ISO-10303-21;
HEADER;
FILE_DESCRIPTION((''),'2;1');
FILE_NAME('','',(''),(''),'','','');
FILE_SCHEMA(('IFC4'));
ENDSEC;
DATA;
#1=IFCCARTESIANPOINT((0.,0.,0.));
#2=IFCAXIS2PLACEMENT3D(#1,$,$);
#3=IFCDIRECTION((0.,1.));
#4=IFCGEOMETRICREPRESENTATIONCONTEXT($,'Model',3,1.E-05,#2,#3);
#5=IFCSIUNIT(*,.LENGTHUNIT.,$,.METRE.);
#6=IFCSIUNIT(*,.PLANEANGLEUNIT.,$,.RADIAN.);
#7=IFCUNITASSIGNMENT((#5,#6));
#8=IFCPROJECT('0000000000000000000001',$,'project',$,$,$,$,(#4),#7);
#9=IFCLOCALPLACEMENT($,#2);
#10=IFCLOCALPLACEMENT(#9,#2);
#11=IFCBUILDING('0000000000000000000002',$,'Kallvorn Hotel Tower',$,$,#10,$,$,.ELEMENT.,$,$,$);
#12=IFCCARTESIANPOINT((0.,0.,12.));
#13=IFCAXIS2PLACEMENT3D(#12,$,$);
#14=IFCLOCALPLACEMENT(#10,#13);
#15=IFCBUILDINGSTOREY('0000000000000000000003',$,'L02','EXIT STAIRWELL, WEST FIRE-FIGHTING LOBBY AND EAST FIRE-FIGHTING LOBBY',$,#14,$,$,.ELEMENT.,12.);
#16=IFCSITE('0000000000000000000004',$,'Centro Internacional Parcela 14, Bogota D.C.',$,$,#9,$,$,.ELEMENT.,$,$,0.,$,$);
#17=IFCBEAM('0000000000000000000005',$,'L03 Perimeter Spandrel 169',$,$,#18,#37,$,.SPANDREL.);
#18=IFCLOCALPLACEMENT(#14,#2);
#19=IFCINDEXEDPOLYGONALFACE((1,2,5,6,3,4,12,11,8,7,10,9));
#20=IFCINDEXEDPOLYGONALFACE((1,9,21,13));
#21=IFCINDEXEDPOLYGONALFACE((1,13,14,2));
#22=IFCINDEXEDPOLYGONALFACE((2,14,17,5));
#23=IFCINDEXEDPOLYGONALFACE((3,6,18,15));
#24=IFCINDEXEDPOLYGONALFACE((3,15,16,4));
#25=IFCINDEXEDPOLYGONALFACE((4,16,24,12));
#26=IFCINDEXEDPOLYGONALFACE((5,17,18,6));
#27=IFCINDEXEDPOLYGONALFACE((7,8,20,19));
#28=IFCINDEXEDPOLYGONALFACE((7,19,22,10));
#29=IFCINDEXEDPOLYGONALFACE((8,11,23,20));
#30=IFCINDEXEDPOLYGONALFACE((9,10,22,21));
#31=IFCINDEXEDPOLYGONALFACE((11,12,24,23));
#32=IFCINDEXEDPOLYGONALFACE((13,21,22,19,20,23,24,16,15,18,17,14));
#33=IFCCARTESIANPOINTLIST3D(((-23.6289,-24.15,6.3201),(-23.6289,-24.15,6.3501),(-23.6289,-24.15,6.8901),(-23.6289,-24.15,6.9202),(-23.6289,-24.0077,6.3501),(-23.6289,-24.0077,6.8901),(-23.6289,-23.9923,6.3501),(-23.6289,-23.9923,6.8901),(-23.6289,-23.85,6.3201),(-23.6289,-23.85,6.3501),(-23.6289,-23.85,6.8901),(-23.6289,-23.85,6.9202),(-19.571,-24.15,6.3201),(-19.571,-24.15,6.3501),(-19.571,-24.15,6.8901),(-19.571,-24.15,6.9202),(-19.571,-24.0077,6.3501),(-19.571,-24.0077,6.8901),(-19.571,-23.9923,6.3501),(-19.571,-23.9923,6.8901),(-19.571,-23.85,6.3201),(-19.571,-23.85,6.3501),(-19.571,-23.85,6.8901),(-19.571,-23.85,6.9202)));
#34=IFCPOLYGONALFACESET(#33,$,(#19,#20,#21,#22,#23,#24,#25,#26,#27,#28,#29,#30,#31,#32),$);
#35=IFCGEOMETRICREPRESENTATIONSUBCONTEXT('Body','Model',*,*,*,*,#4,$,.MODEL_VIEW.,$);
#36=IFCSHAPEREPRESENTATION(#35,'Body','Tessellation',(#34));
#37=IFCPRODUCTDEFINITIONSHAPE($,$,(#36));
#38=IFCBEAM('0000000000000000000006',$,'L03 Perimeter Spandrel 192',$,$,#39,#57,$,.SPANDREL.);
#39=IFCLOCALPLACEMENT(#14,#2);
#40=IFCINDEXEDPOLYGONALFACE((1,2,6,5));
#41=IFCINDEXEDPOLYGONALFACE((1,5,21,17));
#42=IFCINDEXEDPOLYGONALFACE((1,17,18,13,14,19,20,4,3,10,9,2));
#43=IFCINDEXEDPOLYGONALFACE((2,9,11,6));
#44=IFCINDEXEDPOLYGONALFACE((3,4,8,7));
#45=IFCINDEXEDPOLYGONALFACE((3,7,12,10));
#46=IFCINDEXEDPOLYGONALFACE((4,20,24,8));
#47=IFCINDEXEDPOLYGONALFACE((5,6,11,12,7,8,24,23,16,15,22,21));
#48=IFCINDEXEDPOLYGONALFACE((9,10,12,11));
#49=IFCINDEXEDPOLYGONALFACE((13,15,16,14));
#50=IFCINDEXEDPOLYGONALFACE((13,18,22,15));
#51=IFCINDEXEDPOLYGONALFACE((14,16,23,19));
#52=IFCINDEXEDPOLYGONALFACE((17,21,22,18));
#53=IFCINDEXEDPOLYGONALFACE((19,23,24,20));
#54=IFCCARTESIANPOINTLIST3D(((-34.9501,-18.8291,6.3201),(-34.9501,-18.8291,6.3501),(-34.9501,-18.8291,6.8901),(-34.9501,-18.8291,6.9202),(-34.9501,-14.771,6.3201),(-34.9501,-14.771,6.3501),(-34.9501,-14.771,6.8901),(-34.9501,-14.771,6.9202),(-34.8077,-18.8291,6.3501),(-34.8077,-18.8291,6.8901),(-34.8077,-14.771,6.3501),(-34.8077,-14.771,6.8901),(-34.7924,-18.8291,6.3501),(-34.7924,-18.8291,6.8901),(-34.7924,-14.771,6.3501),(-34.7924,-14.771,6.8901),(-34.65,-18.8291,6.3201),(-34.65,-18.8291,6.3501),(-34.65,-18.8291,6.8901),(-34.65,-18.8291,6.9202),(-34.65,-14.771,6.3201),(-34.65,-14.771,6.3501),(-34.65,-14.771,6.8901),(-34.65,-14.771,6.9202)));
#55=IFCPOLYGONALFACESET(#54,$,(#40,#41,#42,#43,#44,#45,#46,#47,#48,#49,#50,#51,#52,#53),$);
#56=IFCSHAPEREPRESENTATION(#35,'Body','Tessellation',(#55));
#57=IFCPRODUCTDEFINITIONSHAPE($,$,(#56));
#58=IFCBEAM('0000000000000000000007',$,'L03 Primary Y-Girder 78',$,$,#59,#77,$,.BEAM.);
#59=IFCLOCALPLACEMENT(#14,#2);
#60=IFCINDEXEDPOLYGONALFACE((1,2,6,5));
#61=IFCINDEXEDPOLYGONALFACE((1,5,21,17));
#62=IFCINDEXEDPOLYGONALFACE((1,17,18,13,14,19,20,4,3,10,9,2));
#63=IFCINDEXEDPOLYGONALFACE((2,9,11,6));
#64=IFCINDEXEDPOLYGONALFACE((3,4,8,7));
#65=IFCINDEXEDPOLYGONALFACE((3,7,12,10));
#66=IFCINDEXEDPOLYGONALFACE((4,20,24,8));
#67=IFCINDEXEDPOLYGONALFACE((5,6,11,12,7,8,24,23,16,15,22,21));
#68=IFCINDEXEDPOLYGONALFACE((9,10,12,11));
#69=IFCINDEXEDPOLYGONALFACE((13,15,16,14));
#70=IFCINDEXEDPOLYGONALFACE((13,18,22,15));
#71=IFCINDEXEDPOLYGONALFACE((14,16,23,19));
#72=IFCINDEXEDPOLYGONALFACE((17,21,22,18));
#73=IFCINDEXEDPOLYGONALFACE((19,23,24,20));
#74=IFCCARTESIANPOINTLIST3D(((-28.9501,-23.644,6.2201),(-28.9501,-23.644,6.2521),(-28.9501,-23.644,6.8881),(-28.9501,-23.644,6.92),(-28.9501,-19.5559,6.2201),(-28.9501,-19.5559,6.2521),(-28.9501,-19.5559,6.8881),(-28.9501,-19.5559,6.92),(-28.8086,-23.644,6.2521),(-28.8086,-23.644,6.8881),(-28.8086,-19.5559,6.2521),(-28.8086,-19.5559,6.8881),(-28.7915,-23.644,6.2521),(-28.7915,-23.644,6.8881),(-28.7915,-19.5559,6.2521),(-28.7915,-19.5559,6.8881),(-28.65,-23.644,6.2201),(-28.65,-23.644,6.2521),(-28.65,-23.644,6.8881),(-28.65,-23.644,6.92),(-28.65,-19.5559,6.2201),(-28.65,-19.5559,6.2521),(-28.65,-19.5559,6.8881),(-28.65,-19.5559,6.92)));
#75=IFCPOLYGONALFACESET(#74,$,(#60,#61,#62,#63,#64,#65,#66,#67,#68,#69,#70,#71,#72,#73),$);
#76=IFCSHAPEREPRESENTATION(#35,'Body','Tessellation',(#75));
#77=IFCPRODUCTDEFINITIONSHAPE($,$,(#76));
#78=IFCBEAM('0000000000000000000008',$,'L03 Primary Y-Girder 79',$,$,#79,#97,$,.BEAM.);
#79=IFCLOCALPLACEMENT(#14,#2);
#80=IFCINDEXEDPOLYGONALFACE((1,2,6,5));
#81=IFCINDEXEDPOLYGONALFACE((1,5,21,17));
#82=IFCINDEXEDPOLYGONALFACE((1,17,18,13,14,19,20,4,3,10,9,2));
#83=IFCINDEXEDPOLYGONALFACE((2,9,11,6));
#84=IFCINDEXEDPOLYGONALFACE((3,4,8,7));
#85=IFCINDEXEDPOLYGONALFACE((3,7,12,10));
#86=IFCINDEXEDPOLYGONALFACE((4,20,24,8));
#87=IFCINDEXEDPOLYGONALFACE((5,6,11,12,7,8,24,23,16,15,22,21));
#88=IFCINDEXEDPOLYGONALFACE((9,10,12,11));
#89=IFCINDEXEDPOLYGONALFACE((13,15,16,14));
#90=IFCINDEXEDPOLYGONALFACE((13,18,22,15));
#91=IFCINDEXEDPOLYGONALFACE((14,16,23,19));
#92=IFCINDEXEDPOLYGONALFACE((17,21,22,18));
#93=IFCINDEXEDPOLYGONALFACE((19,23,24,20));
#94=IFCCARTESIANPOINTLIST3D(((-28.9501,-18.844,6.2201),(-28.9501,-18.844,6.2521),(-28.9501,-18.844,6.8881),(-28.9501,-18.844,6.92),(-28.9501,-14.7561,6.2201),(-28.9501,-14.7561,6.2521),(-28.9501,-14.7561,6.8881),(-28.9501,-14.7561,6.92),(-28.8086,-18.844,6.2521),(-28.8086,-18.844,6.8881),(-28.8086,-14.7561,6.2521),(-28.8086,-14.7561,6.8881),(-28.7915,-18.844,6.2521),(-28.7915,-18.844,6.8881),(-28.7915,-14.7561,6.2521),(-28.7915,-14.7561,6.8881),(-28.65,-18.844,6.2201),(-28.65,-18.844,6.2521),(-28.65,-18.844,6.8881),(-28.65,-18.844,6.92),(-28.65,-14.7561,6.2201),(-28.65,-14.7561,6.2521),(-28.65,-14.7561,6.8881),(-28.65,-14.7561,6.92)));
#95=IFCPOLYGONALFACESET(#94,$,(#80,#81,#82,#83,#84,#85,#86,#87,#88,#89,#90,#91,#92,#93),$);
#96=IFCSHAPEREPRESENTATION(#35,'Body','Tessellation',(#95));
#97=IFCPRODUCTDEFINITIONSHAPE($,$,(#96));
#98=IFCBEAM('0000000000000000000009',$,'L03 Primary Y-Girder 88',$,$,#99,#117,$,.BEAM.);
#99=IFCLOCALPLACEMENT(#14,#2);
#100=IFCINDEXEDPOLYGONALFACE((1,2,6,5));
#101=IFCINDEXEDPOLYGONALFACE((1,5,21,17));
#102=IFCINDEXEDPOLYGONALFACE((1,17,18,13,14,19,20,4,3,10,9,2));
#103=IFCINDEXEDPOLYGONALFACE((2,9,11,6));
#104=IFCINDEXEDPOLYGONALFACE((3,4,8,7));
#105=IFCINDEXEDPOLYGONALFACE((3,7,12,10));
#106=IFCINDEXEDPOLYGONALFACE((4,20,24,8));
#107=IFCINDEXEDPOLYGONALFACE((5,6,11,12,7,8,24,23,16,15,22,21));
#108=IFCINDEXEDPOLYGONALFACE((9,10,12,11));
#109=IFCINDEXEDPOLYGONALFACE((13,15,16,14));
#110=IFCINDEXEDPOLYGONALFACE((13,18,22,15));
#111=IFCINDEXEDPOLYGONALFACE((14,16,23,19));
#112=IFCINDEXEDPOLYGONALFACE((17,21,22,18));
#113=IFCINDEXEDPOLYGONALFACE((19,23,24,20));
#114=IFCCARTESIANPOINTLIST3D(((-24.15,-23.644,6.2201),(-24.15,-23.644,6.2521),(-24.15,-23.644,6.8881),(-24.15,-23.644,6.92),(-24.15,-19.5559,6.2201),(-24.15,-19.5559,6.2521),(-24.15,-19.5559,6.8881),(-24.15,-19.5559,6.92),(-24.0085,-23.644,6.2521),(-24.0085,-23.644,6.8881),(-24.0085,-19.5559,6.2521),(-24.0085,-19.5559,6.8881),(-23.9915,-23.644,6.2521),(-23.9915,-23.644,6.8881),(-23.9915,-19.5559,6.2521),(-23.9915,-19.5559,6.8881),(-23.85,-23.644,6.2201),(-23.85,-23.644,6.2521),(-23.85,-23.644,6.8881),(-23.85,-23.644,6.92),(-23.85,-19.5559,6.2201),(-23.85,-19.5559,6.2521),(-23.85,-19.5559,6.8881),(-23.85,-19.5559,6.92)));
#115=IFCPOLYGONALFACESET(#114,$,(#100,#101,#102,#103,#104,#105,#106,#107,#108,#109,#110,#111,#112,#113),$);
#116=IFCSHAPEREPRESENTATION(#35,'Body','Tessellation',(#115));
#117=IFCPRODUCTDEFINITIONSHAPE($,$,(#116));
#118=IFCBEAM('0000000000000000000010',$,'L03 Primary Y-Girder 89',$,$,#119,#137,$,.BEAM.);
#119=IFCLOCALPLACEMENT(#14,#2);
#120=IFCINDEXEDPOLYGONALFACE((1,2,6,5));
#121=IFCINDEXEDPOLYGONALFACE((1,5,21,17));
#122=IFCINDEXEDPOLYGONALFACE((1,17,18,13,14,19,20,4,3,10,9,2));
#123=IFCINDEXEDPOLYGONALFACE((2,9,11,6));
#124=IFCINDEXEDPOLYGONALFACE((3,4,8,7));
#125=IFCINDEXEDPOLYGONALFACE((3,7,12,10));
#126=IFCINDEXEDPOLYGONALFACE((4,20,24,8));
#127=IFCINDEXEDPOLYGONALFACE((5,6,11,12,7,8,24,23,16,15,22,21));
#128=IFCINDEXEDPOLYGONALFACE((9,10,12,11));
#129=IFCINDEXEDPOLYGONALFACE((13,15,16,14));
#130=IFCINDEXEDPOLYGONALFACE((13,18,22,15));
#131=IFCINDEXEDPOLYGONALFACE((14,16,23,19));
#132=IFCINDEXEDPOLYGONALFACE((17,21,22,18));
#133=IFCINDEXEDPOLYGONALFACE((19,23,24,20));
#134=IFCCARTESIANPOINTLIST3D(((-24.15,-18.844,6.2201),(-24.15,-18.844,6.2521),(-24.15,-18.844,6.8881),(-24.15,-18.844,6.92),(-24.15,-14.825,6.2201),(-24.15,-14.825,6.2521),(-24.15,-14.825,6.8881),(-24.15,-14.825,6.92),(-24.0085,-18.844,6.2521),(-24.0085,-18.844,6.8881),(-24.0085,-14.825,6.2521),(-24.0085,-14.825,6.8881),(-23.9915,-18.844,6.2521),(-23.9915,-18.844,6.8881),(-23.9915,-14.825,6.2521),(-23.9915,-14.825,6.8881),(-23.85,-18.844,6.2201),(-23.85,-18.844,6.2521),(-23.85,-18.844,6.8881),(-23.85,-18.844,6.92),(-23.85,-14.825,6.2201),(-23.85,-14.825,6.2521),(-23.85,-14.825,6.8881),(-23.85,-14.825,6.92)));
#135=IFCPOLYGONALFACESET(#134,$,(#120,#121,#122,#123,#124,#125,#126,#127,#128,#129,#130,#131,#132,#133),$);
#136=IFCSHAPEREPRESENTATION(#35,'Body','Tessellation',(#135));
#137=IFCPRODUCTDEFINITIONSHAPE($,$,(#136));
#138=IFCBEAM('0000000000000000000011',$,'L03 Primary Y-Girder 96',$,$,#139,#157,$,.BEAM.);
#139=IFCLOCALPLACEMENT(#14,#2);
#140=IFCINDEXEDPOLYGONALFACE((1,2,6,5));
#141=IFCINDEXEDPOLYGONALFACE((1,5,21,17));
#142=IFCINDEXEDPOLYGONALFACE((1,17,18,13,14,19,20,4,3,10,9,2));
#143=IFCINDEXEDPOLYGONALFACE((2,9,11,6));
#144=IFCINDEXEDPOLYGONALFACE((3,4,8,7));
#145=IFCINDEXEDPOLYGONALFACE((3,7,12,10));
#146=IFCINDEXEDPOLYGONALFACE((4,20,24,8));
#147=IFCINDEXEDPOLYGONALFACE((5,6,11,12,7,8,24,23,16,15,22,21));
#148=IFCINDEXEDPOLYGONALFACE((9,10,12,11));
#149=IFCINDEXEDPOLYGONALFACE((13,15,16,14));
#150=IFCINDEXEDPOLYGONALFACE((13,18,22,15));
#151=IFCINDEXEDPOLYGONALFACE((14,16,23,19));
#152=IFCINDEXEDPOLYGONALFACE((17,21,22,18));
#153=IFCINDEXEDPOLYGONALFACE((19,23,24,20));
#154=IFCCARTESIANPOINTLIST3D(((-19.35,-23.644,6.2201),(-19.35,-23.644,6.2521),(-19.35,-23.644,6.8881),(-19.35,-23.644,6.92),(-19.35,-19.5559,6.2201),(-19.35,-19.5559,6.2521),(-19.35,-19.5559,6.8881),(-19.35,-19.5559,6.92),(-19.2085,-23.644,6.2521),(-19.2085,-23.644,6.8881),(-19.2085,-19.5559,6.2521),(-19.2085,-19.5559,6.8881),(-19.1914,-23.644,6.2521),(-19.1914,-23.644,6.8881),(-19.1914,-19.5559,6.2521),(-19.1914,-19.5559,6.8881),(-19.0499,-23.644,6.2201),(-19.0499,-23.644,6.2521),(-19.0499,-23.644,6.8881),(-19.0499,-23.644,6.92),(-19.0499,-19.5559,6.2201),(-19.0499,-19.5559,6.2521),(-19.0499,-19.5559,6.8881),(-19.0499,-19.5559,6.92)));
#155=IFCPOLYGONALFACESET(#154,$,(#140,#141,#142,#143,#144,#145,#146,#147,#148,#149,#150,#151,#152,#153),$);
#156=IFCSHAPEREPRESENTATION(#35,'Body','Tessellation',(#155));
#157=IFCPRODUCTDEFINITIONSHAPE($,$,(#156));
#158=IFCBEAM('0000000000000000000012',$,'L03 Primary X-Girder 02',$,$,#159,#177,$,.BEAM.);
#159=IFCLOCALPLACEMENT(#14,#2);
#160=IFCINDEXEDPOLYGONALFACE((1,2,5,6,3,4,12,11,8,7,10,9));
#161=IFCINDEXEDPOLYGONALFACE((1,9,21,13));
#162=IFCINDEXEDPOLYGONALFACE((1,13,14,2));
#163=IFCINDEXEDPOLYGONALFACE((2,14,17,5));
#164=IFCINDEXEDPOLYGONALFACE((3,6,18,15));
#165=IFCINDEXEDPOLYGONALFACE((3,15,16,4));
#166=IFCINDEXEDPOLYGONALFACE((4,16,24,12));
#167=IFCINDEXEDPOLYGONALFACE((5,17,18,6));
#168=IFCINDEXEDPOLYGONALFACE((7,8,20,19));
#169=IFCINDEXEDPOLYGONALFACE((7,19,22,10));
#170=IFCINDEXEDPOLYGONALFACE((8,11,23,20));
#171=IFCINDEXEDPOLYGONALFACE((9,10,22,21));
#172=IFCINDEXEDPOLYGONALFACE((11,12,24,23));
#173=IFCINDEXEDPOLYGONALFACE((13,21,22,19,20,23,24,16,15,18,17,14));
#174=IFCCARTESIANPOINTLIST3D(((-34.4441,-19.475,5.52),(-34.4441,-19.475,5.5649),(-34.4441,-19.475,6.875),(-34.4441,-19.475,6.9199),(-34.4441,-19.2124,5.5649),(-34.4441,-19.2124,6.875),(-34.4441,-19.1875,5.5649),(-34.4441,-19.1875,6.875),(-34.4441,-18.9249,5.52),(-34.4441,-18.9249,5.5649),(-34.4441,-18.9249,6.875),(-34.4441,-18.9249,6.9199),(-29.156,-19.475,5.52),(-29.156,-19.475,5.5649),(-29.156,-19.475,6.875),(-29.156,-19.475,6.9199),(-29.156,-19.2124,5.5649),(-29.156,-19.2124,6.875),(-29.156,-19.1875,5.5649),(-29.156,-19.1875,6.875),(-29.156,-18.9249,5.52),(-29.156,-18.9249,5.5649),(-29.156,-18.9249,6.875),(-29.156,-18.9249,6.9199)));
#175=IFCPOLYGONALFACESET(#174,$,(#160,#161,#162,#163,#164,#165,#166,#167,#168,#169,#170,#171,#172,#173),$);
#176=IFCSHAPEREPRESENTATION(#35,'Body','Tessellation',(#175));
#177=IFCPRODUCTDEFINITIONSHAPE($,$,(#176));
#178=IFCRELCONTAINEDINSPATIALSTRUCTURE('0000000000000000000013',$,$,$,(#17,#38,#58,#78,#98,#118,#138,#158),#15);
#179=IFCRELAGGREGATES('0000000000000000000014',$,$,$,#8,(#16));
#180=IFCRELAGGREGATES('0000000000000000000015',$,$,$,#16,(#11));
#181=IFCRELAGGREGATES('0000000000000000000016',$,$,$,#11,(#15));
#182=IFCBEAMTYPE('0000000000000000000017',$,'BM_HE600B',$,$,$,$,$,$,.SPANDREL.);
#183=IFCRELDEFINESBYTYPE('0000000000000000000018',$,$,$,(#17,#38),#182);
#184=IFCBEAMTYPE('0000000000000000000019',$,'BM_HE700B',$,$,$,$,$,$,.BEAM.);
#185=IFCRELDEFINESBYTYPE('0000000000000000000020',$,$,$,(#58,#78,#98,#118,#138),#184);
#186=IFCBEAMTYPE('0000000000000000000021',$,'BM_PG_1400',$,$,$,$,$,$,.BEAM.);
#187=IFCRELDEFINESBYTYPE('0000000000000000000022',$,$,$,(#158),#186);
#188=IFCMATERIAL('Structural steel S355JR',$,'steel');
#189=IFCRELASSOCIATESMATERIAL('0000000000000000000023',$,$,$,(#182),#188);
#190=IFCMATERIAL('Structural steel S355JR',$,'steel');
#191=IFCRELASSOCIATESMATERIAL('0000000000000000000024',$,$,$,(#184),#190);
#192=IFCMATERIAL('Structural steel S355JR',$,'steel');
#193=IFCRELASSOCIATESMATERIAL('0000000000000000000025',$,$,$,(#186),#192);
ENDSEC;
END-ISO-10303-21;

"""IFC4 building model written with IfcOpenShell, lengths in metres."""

from ifc_helpers import new_model, si_unit, direction, frame, origin, origin_2d, place, context, subcontext, project, spatial, i_section, extrude, material, material_profile, profile_set, type_object, element, save


model = new_model("IFC4")

# Units and contexts
model_context = context("Model", 3, precision=1e-05, world=origin(), true_north=direction((0.0, 1.0)))
body_context = subcontext(model_context, "Body", "Model", "MODEL_VIEW")
ifc_project = project(units=[si_unit("LENGTHUNIT", "METRE"), si_unit("PLANEANGLEUNIT", "RADIAN")], contexts=[model_context])

# Site, building, storey
site_placement = place(None, origin())
site = spatial("IfcSite", under=ifc_project, at=site_placement, Name="Centro Internacional Parcela 14, Bogota D.C.", CompositionType="ELEMENT", RefElevation=0.0)
building_placement = place(site_placement, origin())
building = spatial("IfcBuilding", under=site, at=building_placement, Name="Kallvorn Hotel Tower", CompositionType="ELEMENT")
storey_placement = place(building_placement, frame((0.0, 0.0, 12.0)))
storey = spatial("IfcBuildingStorey", under=building, at=storey_placement, Name="L02", Description="EXIT STAIRWELL, WEST FIRE-FIGHTING LOBBY AND EAST FIRE-FIGHTING LOBBY", CompositionType="ELEMENT", Elevation=12.0)

# Beams
ifc_material_1 = material(Name="Structural steel S355JR", Category="steel")
ifc_material_profile_1 = material_profile(ifc_material_1, i_section(OverallWidth=0.3, OverallDepth=0.6001, WebThickness=0.0154, FlangeThickness=0.03, at=origin_2d()), Name="HE 600 B")
ifc_profile_set_1 = profile_set([ifc_material_profile_1], Name="Structural steel S355JR")
beam_type_1 = type_object("IfcBeamType", Name="BM_HE600B", PredefinedType="SPANDREL", material=ifc_profile_set_1)
for number, where, z_axis, x_axis, name in (
    (1, (-23.6289, -24.0, 6.6201), (1.0, 0.0, 0.0), (0.0, 1.0, 0.0), "L03 Perimeter Spandrel 169"),
):
    element("IfcBeam", number, at=place(storey_placement, frame(where, z_axis=z_axis, x_axis=x_axis)), inside=storey, type_object=beam_type_1, Name=name, PredefinedType="SPANDREL", context=body_context, shape_type="SweptSolid", body=[
        extrude(i_section(OverallWidth=0.3, OverallDepth=0.6001, WebThickness=0.0154, FlangeThickness=0.03, at=origin_2d()), origin(), (0.0, 0.0, 1.0), 4.0579),
    ])
beam_1_placement = place(storey_placement, frame((-34.8, -18.8291, 6.6201), z_axis=(0.0, 1.0, 0.0), x_axis=(-1.0, 0.0, 0.0)))
element("IfcBeam", 2, at=beam_1_placement, inside=storey, type_object=beam_type_1, Name="L03 Perimeter Spandrel 192", PredefinedType="SPANDREL", context=body_context, shape_type="SweptSolid", body=[
    extrude(i_section(OverallWidth=0.3, OverallDepth=0.6001, WebThickness=0.0154, FlangeThickness=0.03, at=origin_2d()), origin(), (0.0, 0.0, 1.0), 4.0581),
])
ifc_material_2 = material(Name="Structural steel S355JR", Category="steel")
ifc_material_profile_2 = material_profile(ifc_material_2, i_section(OverallWidth=0.3, OverallDepth=0.7, WebThickness=0.0171, FlangeThickness=0.032, at=origin_2d()), Name="HE 700 B")
ifc_profile_set_2 = profile_set([ifc_material_profile_2], Name="Structural steel S355JR")
beam_type_2 = type_object("IfcBeamType", Name="BM_HE700B", PredefinedType="BEAM", material=ifc_profile_set_2)
beam_2_placement = place(storey_placement, frame((-28.8, -23.644, 6.5701), z_axis=(0.0, 1.0, 0.0), x_axis=(-1.0, 0.0, 0.0)))
element("IfcBeam", 3, at=beam_2_placement, inside=storey, type_object=beam_type_2, Name="L03 Primary Y-Girder 78", PredefinedType="BEAM", context=body_context, shape_type="SweptSolid", body=[
    extrude(i_section(OverallWidth=0.3, OverallDepth=0.7, WebThickness=0.0171, FlangeThickness=0.032, at=origin_2d()), origin(), (0.0, 0.0, 1.0), 4.0881),
])
beam_3_placement = place(storey_placement, frame((-28.8, -18.844, 6.5701), z_axis=(0.0, 1.0, 0.0), x_axis=(-1.0, 0.0, 0.0)))
element("IfcBeam", 4, at=beam_3_placement, inside=storey, type_object=beam_type_2, Name="L03 Primary Y-Girder 79", PredefinedType="BEAM", context=body_context, shape_type="SweptSolid", body=[
    extrude(i_section(OverallWidth=0.3, OverallDepth=0.7, WebThickness=0.0171, FlangeThickness=0.032, at=origin_2d()), origin(), (0.0, 0.0, 1.0), 4.0879),
])
beam_4_placement = place(storey_placement, frame((-24.0, -23.644, 6.5701), z_axis=(0.0, 1.0, 0.0), x_axis=(-1.0, 0.0, 0.0)))
element("IfcBeam", 5, at=beam_4_placement, inside=storey, type_object=beam_type_2, Name="L03 Primary Y-Girder 88", PredefinedType="BEAM", context=body_context, shape_type="SweptSolid", body=[
    extrude(i_section(OverallWidth=0.3, OverallDepth=0.7, WebThickness=0.0171, FlangeThickness=0.032, at=origin_2d()), origin(), (0.0, 0.0, 1.0), 4.0881),
])
beam_5_placement = place(storey_placement, frame((-24.0, -18.844, 6.5701), z_axis=(0.0, 1.0, 0.0), x_axis=(-1.0, 0.0, 0.0)))
element("IfcBeam", 6, at=beam_5_placement, inside=storey, type_object=beam_type_2, Name="L03 Primary Y-Girder 89", PredefinedType="BEAM", context=body_context, shape_type="SweptSolid", body=[
    extrude(i_section(OverallWidth=0.3, OverallDepth=0.7, WebThickness=0.0171, FlangeThickness=0.032, at=origin_2d()), origin(), (0.0, 0.0, 1.0), 4.019),
])
beam_6_placement = place(storey_placement, frame((-19.2, -23.644, 6.5701), z_axis=(0.0, 1.0, 0.0), x_axis=(-1.0, 0.0, 0.0)))
element("IfcBeam", 7, at=beam_6_placement, inside=storey, type_object=beam_type_2, Name="L03 Primary Y-Girder 96", PredefinedType="BEAM", context=body_context, shape_type="SweptSolid", body=[
    extrude(i_section(OverallWidth=0.3, OverallDepth=0.7, WebThickness=0.0171, FlangeThickness=0.032, at=origin_2d()), origin(), (0.0, 0.0, 1.0), 4.0881),
])
ifc_material_3 = material(Name="Structural steel S355JR", Category="steel")
ifc_material_profile_3 = material_profile(ifc_material_3, i_section(OverallWidth=0.55, OverallDepth=1.3999, WebThickness=0.0249, FlangeThickness=0.0449, at=origin_2d()), Name="PG 1400x550x25x45")
ifc_profile_set_3 = profile_set([ifc_material_profile_3], Name="Structural steel S355JR")
beam_type_3 = type_object("IfcBeamType", Name="BM_PG_1400", PredefinedType="BEAM", material=ifc_profile_set_3)
beam_7_placement = place(storey_placement, frame((-34.4441, -19.2, 6.22), z_axis=(1.0, 0.0, 0.0), x_axis=(0.0, 1.0, 0.0)))
element("IfcBeam", 8, at=beam_7_placement, inside=storey, type_object=beam_type_3, Name="L03 Primary X-Girder 02", PredefinedType="BEAM", context=body_context, shape_type="SweptSolid", body=[
    extrude(i_section(OverallWidth=0.55, OverallDepth=1.3999, WebThickness=0.0249, FlangeThickness=0.0449, at=origin_2d()), origin(), (0.0, 0.0, 1.0), 5.2881),
])

save(model, "model.ifc")
